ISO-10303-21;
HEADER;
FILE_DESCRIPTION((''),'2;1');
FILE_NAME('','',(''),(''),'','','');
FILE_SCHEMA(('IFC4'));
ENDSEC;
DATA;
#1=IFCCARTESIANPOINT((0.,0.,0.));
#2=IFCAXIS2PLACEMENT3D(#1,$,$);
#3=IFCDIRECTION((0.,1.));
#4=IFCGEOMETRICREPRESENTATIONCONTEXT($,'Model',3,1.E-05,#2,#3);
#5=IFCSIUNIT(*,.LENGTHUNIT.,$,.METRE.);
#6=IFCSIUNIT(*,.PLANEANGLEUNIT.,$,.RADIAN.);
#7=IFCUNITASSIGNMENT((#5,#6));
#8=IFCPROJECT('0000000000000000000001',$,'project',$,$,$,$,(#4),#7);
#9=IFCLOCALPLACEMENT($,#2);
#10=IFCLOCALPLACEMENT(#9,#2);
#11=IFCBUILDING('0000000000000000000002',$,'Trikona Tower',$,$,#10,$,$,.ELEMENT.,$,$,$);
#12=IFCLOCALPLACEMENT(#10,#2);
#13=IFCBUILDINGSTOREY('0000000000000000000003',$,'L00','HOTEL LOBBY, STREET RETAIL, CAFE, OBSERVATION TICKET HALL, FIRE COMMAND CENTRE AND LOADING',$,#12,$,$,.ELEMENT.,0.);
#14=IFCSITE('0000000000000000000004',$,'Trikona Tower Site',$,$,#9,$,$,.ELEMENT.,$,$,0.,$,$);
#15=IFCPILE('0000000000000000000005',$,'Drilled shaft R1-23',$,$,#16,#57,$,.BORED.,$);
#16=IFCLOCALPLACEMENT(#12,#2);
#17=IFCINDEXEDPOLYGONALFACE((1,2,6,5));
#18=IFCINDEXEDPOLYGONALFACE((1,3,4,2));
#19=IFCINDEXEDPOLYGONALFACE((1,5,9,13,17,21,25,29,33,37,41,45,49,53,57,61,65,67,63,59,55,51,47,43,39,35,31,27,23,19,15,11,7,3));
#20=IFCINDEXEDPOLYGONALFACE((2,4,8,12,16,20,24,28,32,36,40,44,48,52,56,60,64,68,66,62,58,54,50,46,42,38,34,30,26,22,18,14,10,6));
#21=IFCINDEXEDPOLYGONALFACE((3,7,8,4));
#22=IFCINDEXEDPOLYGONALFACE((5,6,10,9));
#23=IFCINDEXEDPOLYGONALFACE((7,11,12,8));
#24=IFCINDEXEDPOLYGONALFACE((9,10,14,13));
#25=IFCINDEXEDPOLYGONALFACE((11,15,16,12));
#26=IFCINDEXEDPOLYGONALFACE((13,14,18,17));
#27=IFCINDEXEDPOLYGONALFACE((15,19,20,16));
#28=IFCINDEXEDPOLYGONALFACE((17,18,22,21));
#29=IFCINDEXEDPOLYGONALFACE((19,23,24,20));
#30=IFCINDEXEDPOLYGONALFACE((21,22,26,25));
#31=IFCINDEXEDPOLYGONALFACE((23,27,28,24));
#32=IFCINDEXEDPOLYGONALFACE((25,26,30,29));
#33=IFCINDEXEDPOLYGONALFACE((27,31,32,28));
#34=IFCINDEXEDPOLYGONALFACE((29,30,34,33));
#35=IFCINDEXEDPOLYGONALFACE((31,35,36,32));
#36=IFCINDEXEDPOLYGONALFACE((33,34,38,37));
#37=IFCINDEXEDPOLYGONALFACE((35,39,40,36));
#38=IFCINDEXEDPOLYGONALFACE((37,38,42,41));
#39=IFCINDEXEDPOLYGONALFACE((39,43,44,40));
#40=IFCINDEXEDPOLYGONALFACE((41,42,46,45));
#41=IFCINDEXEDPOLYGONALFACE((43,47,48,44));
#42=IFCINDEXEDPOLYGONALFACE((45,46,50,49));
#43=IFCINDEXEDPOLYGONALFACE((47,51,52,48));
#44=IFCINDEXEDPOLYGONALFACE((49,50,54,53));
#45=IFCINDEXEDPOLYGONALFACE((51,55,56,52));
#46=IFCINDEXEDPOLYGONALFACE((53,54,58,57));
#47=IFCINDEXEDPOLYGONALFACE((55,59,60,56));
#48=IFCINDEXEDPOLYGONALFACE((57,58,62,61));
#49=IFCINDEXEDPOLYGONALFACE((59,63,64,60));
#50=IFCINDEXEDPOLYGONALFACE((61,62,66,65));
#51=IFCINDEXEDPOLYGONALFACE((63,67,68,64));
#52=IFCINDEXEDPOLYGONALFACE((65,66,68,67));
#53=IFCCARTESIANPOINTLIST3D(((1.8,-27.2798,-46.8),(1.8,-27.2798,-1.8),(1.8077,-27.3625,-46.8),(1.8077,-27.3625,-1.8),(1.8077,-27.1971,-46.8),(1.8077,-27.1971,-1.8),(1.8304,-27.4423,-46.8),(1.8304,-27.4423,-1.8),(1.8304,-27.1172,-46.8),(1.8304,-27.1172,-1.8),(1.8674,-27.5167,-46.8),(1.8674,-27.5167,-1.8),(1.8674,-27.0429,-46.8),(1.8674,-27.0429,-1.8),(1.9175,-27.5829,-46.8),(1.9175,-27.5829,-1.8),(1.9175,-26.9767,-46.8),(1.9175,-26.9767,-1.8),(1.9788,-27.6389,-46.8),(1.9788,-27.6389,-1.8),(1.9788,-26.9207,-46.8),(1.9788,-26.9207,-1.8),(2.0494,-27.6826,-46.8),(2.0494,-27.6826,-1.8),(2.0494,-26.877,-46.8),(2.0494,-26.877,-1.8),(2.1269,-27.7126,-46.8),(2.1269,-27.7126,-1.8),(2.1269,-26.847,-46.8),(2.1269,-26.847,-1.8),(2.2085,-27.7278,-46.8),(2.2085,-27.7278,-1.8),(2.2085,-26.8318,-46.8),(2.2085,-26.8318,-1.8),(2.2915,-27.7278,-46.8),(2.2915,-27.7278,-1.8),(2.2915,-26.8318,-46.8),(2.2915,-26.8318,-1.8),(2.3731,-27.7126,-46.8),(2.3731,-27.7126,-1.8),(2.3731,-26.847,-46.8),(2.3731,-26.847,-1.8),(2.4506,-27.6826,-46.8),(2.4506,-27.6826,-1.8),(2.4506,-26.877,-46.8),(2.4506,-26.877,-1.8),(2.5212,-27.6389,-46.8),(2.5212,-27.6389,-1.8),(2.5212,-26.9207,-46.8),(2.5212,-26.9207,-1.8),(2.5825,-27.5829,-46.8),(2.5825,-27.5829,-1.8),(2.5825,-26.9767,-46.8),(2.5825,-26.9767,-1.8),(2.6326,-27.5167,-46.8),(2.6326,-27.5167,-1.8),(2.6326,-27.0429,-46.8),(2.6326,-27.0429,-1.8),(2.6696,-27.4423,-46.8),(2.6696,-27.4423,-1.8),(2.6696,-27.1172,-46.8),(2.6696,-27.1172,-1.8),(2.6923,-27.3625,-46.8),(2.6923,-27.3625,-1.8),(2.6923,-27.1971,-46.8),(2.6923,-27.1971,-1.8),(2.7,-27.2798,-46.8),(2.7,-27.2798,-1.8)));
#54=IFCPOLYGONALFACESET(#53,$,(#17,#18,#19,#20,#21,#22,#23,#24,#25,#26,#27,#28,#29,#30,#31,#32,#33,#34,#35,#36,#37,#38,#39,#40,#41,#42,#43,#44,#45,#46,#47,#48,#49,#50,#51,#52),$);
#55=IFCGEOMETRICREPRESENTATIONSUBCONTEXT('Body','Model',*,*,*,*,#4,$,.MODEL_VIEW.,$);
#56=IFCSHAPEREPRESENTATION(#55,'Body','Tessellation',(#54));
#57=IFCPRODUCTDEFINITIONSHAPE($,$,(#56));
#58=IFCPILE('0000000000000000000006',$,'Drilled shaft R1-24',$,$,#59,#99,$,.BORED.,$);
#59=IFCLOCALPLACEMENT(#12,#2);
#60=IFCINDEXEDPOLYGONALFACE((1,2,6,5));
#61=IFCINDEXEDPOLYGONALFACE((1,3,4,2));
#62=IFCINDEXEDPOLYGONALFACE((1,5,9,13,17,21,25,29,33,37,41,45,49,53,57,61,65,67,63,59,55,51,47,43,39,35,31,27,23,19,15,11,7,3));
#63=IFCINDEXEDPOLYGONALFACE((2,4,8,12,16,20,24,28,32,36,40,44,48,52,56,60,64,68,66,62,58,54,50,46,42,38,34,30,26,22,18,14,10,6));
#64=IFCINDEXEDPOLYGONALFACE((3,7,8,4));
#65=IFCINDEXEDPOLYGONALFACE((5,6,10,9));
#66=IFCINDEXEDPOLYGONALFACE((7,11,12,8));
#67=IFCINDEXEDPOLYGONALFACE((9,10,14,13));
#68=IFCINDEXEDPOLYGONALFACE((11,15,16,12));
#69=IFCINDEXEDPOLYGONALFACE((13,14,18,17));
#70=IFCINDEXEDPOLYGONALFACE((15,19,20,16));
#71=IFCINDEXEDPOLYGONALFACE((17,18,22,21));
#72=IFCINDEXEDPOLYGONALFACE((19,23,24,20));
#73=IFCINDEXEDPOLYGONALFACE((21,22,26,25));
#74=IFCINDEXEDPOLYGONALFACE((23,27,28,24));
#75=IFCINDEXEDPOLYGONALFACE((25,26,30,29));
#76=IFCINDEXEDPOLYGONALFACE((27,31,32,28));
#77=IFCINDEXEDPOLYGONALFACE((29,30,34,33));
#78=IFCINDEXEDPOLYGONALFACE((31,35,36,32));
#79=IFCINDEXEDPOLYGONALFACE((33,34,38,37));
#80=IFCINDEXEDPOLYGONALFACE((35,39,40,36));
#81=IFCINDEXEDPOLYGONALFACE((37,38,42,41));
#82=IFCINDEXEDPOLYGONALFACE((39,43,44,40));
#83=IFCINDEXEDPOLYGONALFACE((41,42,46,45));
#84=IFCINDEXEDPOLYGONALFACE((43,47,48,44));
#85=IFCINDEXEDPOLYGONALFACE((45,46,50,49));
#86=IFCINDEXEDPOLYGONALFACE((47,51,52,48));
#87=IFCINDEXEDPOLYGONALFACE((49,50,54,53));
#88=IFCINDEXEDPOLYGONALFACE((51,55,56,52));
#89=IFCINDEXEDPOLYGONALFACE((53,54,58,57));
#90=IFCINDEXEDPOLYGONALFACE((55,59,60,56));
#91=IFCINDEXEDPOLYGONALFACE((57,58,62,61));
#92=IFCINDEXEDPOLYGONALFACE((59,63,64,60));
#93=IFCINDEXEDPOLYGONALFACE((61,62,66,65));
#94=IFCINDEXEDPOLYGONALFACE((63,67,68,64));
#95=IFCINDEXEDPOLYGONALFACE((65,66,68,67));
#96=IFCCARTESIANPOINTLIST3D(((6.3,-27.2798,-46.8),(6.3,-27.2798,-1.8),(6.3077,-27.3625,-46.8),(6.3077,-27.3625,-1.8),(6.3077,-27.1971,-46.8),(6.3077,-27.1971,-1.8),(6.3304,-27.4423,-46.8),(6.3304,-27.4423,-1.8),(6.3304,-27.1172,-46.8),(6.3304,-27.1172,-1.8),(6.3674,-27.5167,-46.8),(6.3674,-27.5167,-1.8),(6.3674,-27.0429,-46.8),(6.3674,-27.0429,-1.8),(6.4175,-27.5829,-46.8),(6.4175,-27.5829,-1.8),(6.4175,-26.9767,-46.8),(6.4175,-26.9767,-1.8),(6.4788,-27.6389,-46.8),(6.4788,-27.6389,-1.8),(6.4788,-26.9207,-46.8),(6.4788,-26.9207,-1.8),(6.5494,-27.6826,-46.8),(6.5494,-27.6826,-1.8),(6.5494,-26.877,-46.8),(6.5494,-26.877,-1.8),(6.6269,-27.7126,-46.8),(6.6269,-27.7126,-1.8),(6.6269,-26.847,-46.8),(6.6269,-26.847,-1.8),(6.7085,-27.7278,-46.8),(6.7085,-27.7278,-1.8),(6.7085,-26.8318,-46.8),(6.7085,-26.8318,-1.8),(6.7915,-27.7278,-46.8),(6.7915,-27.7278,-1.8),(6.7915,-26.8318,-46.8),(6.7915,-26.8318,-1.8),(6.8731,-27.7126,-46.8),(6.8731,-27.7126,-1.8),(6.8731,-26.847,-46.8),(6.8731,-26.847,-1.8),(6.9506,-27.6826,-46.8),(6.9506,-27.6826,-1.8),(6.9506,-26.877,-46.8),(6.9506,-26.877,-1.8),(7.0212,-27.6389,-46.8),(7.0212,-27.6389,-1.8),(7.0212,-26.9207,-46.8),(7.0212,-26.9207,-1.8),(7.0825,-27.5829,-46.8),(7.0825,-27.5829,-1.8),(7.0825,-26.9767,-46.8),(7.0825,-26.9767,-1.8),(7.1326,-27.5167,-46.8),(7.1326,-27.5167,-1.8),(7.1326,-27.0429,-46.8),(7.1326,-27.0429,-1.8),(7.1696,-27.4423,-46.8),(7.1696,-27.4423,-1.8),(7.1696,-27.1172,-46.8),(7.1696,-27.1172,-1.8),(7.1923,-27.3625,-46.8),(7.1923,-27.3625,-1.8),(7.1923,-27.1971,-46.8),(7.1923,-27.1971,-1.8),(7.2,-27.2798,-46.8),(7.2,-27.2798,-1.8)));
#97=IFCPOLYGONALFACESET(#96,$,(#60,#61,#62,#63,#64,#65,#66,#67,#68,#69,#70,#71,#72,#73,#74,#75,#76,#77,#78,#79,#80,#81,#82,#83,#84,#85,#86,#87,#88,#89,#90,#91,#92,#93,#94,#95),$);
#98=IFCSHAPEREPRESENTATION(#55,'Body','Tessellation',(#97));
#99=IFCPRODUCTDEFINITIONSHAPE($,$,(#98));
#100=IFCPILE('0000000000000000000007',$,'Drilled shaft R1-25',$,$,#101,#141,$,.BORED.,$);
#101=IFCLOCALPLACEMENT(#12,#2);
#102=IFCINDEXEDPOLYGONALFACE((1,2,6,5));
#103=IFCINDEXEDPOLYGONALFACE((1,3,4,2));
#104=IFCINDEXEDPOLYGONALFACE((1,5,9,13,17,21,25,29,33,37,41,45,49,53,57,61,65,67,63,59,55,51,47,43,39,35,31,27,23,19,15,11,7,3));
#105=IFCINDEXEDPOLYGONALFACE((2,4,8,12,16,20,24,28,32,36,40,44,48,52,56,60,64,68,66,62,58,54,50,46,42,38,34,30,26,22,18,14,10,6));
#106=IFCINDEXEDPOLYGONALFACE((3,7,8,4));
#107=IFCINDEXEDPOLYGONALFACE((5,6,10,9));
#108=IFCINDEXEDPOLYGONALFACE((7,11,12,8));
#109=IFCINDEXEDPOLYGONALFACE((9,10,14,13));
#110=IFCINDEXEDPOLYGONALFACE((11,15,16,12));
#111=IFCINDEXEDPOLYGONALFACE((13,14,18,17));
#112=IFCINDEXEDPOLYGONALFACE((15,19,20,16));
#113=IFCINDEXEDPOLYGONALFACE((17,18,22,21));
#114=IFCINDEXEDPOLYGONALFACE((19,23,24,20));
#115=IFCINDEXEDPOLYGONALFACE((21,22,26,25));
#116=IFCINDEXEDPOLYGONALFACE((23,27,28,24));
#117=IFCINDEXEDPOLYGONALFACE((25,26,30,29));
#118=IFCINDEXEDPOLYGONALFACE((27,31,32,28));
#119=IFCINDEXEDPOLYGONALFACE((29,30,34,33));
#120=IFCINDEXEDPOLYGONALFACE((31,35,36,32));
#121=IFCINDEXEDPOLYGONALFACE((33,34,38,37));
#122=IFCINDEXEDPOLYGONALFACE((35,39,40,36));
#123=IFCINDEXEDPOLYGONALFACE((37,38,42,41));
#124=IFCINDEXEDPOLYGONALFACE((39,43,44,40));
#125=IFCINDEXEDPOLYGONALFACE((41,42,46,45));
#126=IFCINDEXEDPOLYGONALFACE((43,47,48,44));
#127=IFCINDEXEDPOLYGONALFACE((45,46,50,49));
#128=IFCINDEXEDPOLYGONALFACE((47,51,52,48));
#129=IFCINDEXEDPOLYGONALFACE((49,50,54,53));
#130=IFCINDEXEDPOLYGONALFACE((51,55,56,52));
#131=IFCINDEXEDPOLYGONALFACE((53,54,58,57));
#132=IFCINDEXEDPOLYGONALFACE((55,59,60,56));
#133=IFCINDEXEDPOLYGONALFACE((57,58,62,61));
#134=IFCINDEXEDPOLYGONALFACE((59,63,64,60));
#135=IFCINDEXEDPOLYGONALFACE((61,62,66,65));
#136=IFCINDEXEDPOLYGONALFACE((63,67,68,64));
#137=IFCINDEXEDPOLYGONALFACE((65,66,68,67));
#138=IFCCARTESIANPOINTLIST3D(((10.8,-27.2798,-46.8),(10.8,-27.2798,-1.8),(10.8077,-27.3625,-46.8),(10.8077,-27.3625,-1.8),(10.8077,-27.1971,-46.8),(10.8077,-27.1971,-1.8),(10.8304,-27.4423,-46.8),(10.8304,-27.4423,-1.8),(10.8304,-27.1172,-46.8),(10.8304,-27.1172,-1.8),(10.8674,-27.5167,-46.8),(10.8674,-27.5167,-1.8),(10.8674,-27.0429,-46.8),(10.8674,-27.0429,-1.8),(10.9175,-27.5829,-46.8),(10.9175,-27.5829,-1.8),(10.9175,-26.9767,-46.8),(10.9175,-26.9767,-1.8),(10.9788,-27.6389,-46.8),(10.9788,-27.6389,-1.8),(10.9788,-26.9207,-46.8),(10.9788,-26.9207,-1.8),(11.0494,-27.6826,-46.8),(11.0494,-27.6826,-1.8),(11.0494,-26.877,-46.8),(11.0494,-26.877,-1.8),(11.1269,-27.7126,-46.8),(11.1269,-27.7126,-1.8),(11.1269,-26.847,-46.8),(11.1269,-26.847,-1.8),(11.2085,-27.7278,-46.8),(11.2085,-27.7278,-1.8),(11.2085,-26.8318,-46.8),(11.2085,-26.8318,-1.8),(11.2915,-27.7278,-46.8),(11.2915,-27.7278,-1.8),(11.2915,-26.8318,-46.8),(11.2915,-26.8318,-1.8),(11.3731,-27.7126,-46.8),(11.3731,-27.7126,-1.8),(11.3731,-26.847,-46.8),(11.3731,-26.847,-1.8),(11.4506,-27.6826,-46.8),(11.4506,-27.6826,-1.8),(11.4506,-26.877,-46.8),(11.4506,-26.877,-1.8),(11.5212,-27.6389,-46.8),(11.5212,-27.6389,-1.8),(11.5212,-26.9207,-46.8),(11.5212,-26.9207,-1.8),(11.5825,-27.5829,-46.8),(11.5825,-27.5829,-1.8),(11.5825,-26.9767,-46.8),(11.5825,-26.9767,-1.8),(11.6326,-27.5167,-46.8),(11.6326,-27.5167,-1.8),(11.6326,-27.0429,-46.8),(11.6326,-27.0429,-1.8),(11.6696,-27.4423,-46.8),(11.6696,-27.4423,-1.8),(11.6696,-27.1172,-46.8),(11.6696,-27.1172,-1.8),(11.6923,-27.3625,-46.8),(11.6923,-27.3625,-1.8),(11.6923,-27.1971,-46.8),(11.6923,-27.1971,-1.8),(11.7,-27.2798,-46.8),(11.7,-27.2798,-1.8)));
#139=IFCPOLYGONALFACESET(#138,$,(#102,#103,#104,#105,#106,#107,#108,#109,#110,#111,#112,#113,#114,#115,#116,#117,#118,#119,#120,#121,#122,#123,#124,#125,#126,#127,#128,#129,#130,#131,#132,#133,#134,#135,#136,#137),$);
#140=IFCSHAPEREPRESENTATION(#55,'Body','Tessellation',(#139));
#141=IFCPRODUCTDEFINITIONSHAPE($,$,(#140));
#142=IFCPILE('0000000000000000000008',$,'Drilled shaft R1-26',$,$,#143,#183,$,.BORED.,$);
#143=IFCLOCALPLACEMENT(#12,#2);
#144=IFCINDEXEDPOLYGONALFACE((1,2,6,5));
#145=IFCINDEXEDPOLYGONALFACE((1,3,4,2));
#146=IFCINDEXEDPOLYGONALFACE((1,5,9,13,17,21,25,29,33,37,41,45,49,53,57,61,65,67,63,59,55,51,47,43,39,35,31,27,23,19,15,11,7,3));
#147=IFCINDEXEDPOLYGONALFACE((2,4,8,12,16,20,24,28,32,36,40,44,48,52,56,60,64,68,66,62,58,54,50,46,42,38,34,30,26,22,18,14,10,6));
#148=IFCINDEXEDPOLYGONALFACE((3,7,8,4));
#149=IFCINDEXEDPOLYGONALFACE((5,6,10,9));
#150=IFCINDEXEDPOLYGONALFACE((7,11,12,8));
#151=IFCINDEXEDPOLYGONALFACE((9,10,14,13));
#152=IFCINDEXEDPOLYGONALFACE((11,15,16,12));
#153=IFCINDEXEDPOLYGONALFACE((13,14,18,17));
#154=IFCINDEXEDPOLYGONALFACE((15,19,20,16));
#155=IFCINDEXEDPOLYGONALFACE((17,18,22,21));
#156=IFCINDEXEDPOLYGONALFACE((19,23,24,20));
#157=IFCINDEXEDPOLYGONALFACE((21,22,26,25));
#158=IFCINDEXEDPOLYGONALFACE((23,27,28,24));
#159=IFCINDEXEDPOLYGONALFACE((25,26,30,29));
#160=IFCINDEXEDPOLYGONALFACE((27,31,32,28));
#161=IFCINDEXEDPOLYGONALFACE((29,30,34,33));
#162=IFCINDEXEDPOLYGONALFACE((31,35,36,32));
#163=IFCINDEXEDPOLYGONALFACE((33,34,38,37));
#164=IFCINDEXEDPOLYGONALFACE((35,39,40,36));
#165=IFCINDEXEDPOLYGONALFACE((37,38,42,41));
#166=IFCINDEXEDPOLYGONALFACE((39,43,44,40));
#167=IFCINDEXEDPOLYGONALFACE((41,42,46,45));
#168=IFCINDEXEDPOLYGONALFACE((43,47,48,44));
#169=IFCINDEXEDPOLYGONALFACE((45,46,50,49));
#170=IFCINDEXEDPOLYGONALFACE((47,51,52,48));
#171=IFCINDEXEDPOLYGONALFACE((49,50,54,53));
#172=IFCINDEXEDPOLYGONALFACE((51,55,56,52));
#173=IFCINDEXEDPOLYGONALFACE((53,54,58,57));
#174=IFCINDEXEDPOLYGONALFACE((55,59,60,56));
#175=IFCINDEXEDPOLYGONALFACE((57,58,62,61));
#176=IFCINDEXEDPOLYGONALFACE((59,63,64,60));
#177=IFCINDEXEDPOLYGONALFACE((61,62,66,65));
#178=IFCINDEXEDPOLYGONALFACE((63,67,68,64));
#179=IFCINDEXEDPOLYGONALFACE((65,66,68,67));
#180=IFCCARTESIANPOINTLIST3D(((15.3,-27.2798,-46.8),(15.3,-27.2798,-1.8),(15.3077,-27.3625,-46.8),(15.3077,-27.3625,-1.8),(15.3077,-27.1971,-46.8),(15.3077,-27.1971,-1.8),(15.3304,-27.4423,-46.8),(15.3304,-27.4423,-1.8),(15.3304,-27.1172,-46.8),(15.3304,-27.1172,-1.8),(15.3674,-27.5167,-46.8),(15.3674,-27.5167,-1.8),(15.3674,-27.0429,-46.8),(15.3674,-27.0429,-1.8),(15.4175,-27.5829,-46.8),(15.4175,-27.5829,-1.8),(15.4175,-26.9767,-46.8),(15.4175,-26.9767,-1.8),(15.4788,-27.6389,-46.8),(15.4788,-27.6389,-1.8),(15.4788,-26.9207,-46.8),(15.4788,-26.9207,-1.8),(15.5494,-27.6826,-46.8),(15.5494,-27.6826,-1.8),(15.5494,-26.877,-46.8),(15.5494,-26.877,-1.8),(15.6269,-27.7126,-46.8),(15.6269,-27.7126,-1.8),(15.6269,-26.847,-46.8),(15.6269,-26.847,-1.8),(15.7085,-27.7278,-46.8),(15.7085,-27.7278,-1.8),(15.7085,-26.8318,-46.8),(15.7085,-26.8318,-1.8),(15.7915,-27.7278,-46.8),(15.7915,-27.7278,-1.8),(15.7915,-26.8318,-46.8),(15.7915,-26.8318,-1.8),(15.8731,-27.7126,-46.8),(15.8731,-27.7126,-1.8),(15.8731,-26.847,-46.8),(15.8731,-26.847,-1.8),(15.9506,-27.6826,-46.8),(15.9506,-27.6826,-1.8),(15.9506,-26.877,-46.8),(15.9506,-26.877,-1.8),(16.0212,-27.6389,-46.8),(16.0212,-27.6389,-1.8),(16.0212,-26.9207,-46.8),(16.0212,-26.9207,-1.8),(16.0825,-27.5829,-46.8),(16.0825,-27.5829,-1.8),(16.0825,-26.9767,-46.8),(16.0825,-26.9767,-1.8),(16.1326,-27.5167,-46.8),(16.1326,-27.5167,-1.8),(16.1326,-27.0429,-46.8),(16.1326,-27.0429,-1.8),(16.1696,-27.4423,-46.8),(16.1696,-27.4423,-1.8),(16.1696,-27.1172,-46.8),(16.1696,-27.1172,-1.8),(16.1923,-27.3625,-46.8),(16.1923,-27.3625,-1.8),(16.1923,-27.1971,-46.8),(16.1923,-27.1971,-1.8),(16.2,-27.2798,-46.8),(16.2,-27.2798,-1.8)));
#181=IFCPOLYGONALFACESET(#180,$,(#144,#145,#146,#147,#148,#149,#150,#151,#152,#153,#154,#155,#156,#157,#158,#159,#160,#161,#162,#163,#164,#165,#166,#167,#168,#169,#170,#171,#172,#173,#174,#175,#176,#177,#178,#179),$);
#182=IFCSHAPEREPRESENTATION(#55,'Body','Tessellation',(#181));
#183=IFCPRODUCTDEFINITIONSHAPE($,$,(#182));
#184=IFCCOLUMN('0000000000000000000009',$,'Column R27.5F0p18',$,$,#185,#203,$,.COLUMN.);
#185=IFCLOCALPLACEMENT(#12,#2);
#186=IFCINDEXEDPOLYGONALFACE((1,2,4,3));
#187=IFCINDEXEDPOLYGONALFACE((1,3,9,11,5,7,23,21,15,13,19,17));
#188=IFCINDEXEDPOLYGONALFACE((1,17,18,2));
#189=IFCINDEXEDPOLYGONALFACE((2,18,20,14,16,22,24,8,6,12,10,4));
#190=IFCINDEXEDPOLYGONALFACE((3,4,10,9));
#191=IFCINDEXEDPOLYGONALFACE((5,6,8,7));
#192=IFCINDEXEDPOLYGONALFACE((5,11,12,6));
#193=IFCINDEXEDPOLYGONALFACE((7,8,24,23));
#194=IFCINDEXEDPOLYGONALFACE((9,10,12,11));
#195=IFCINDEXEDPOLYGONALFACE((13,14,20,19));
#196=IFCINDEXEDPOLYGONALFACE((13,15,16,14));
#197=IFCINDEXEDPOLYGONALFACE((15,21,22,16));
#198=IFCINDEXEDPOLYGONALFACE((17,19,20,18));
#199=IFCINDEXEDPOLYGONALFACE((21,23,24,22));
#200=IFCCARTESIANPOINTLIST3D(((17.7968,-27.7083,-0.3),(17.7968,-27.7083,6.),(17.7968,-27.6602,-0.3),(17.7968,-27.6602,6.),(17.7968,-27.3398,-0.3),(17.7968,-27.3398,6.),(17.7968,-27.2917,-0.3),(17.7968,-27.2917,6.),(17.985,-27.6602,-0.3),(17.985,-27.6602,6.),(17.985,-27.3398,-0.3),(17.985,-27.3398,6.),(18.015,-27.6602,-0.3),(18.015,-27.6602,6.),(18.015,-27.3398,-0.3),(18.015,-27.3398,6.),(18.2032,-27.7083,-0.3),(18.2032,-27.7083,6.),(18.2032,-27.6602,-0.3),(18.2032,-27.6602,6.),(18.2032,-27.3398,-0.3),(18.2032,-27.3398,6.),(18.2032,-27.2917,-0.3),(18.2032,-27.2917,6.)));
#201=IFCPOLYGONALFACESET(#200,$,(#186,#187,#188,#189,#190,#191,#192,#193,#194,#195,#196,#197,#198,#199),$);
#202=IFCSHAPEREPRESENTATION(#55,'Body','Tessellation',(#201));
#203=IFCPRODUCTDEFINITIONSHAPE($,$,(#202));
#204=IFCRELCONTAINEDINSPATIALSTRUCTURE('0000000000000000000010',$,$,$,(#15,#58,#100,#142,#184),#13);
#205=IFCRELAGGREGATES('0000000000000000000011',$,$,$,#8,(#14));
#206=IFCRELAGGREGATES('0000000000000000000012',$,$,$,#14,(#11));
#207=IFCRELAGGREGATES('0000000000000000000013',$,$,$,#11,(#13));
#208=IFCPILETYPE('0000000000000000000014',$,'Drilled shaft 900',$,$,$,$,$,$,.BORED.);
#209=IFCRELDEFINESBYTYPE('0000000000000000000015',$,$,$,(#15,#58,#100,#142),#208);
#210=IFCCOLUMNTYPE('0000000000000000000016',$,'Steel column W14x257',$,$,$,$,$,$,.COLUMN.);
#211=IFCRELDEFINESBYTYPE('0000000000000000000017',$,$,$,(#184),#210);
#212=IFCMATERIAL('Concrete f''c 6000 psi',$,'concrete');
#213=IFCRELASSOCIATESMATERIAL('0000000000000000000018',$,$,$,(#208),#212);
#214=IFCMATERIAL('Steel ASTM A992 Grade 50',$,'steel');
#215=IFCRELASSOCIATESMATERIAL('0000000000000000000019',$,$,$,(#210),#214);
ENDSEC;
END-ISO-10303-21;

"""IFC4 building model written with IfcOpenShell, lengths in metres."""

from ifc_helpers import new_model, si_unit, direction, frame, origin, origin_2d, place, context, subcontext, project, spatial, circle, i_section, extrude, material, material_profile, profile_set, type_object, element, save


model = new_model("IFC4")

# Units and contexts
model_context = context("Model", 3, precision=1e-05, world=origin(), true_north=direction((0.0, 1.0)))
body_context = subcontext(model_context, "Body", "Model", "MODEL_VIEW")
ifc_project = project(units=[si_unit("LENGTHUNIT", "METRE"), si_unit("PLANEANGLEUNIT", "RADIAN")], contexts=[model_context])

# Site, building, storey
site_placement = place(None, origin())
site = spatial("IfcSite", under=ifc_project, at=site_placement, Name="Trikona Tower Site", CompositionType="ELEMENT", RefElevation=0.0)
building_placement = place(site_placement, origin())
building = spatial("IfcBuilding", under=site, at=building_placement, Name="Trikona Tower", CompositionType="ELEMENT")
storey_placement = place(building_placement, origin())
storey = spatial("IfcBuildingStorey", under=building, at=storey_placement, Name="L00", Description="HOTEL LOBBY, STREET RETAIL, CAFE, OBSERVATION TICKET HALL, FIRE COMMAND CENTRE AND LOADING", CompositionType="ELEMENT", Elevation=0.0)

# Piles
ifc_material_1 = material(Name="Concrete f'c 6000 psi", Category="concrete")
pile_type = type_object("IfcPileType", Name="Drilled shaft 900", PredefinedType="BORED", material=ifc_material_1)
for number, where, z_axis, x_axis, name in (
    (1, (2.25, -27.2798, -1.8), (0.0, 0.0, -1.0), (1.0, 0.0, 0.0), "Drilled shaft R1-23"),
    (2, (6.75, -27.2798, -1.8), (0.0, 0.0, -1.0), (1.0, 0.0, 0.0), "Drilled shaft R1-24"),
    (3, (11.25, -27.2798, -1.8), (0.0, 0.0, -1.0), (1.0, 0.0, 0.0), "Drilled shaft R1-25"),
    (4, (15.75, -27.2798, -1.8), (0.0, 0.0, -1.0), (1.0, 0.0, 0.0), "Drilled shaft R1-26"),
):
    element("IfcPile", number, at=place(storey_placement, frame(where, z_axis=z_axis, x_axis=x_axis)), inside=storey, type_object=pile_type, Name=name, PredefinedType="BORED", context=body_context, shape_type="SweptSolid", body=[
        extrude(circle(Radius=0.45, at=origin_2d()), origin(), (0.0, 0.0, 1.0), 45.0),
    ])

# Column
ifc_material_2 = material(Name="Steel ASTM A992 Grade 50", Category="steel")
ifc_material_profile_1 = material_profile(ifc_material_2, i_section(OverallWidth=0.4065, OverallDepth=0.4165, WebThickness=0.03, FlangeThickness=0.0481, at=origin_2d()), Name="W14X257")
ifc_profile_set_1 = profile_set([ifc_material_profile_1], Name="Steel ASTM A992 Grade 50")
column_type = type_object("IfcColumnType", Name="Steel column W14x257", PredefinedType="COLUMN", material=ifc_profile_set_1)
for number, where, z_axis, x_axis, name in (
    (5, (18.0, -27.5, -0.3), (0.0, 0.0, 1.0), (1.0, 0.0, 0.0), "Column R27.5F0p18"),
):
    element("IfcColumn", number, at=place(storey_placement, frame(where, z_axis=z_axis, x_axis=x_axis)), inside=storey, type_object=column_type, Name=name, PredefinedType="COLUMN", context=body_context, shape_type="SweptSolid", body=[
        extrude(i_section(OverallWidth=0.4065, OverallDepth=0.4165, WebThickness=0.03, FlangeThickness=0.0481, at=origin_2d()), origin(), (0.0, 0.0, 1.0), 6.3),
    ])

save(model, "model.ifc")
